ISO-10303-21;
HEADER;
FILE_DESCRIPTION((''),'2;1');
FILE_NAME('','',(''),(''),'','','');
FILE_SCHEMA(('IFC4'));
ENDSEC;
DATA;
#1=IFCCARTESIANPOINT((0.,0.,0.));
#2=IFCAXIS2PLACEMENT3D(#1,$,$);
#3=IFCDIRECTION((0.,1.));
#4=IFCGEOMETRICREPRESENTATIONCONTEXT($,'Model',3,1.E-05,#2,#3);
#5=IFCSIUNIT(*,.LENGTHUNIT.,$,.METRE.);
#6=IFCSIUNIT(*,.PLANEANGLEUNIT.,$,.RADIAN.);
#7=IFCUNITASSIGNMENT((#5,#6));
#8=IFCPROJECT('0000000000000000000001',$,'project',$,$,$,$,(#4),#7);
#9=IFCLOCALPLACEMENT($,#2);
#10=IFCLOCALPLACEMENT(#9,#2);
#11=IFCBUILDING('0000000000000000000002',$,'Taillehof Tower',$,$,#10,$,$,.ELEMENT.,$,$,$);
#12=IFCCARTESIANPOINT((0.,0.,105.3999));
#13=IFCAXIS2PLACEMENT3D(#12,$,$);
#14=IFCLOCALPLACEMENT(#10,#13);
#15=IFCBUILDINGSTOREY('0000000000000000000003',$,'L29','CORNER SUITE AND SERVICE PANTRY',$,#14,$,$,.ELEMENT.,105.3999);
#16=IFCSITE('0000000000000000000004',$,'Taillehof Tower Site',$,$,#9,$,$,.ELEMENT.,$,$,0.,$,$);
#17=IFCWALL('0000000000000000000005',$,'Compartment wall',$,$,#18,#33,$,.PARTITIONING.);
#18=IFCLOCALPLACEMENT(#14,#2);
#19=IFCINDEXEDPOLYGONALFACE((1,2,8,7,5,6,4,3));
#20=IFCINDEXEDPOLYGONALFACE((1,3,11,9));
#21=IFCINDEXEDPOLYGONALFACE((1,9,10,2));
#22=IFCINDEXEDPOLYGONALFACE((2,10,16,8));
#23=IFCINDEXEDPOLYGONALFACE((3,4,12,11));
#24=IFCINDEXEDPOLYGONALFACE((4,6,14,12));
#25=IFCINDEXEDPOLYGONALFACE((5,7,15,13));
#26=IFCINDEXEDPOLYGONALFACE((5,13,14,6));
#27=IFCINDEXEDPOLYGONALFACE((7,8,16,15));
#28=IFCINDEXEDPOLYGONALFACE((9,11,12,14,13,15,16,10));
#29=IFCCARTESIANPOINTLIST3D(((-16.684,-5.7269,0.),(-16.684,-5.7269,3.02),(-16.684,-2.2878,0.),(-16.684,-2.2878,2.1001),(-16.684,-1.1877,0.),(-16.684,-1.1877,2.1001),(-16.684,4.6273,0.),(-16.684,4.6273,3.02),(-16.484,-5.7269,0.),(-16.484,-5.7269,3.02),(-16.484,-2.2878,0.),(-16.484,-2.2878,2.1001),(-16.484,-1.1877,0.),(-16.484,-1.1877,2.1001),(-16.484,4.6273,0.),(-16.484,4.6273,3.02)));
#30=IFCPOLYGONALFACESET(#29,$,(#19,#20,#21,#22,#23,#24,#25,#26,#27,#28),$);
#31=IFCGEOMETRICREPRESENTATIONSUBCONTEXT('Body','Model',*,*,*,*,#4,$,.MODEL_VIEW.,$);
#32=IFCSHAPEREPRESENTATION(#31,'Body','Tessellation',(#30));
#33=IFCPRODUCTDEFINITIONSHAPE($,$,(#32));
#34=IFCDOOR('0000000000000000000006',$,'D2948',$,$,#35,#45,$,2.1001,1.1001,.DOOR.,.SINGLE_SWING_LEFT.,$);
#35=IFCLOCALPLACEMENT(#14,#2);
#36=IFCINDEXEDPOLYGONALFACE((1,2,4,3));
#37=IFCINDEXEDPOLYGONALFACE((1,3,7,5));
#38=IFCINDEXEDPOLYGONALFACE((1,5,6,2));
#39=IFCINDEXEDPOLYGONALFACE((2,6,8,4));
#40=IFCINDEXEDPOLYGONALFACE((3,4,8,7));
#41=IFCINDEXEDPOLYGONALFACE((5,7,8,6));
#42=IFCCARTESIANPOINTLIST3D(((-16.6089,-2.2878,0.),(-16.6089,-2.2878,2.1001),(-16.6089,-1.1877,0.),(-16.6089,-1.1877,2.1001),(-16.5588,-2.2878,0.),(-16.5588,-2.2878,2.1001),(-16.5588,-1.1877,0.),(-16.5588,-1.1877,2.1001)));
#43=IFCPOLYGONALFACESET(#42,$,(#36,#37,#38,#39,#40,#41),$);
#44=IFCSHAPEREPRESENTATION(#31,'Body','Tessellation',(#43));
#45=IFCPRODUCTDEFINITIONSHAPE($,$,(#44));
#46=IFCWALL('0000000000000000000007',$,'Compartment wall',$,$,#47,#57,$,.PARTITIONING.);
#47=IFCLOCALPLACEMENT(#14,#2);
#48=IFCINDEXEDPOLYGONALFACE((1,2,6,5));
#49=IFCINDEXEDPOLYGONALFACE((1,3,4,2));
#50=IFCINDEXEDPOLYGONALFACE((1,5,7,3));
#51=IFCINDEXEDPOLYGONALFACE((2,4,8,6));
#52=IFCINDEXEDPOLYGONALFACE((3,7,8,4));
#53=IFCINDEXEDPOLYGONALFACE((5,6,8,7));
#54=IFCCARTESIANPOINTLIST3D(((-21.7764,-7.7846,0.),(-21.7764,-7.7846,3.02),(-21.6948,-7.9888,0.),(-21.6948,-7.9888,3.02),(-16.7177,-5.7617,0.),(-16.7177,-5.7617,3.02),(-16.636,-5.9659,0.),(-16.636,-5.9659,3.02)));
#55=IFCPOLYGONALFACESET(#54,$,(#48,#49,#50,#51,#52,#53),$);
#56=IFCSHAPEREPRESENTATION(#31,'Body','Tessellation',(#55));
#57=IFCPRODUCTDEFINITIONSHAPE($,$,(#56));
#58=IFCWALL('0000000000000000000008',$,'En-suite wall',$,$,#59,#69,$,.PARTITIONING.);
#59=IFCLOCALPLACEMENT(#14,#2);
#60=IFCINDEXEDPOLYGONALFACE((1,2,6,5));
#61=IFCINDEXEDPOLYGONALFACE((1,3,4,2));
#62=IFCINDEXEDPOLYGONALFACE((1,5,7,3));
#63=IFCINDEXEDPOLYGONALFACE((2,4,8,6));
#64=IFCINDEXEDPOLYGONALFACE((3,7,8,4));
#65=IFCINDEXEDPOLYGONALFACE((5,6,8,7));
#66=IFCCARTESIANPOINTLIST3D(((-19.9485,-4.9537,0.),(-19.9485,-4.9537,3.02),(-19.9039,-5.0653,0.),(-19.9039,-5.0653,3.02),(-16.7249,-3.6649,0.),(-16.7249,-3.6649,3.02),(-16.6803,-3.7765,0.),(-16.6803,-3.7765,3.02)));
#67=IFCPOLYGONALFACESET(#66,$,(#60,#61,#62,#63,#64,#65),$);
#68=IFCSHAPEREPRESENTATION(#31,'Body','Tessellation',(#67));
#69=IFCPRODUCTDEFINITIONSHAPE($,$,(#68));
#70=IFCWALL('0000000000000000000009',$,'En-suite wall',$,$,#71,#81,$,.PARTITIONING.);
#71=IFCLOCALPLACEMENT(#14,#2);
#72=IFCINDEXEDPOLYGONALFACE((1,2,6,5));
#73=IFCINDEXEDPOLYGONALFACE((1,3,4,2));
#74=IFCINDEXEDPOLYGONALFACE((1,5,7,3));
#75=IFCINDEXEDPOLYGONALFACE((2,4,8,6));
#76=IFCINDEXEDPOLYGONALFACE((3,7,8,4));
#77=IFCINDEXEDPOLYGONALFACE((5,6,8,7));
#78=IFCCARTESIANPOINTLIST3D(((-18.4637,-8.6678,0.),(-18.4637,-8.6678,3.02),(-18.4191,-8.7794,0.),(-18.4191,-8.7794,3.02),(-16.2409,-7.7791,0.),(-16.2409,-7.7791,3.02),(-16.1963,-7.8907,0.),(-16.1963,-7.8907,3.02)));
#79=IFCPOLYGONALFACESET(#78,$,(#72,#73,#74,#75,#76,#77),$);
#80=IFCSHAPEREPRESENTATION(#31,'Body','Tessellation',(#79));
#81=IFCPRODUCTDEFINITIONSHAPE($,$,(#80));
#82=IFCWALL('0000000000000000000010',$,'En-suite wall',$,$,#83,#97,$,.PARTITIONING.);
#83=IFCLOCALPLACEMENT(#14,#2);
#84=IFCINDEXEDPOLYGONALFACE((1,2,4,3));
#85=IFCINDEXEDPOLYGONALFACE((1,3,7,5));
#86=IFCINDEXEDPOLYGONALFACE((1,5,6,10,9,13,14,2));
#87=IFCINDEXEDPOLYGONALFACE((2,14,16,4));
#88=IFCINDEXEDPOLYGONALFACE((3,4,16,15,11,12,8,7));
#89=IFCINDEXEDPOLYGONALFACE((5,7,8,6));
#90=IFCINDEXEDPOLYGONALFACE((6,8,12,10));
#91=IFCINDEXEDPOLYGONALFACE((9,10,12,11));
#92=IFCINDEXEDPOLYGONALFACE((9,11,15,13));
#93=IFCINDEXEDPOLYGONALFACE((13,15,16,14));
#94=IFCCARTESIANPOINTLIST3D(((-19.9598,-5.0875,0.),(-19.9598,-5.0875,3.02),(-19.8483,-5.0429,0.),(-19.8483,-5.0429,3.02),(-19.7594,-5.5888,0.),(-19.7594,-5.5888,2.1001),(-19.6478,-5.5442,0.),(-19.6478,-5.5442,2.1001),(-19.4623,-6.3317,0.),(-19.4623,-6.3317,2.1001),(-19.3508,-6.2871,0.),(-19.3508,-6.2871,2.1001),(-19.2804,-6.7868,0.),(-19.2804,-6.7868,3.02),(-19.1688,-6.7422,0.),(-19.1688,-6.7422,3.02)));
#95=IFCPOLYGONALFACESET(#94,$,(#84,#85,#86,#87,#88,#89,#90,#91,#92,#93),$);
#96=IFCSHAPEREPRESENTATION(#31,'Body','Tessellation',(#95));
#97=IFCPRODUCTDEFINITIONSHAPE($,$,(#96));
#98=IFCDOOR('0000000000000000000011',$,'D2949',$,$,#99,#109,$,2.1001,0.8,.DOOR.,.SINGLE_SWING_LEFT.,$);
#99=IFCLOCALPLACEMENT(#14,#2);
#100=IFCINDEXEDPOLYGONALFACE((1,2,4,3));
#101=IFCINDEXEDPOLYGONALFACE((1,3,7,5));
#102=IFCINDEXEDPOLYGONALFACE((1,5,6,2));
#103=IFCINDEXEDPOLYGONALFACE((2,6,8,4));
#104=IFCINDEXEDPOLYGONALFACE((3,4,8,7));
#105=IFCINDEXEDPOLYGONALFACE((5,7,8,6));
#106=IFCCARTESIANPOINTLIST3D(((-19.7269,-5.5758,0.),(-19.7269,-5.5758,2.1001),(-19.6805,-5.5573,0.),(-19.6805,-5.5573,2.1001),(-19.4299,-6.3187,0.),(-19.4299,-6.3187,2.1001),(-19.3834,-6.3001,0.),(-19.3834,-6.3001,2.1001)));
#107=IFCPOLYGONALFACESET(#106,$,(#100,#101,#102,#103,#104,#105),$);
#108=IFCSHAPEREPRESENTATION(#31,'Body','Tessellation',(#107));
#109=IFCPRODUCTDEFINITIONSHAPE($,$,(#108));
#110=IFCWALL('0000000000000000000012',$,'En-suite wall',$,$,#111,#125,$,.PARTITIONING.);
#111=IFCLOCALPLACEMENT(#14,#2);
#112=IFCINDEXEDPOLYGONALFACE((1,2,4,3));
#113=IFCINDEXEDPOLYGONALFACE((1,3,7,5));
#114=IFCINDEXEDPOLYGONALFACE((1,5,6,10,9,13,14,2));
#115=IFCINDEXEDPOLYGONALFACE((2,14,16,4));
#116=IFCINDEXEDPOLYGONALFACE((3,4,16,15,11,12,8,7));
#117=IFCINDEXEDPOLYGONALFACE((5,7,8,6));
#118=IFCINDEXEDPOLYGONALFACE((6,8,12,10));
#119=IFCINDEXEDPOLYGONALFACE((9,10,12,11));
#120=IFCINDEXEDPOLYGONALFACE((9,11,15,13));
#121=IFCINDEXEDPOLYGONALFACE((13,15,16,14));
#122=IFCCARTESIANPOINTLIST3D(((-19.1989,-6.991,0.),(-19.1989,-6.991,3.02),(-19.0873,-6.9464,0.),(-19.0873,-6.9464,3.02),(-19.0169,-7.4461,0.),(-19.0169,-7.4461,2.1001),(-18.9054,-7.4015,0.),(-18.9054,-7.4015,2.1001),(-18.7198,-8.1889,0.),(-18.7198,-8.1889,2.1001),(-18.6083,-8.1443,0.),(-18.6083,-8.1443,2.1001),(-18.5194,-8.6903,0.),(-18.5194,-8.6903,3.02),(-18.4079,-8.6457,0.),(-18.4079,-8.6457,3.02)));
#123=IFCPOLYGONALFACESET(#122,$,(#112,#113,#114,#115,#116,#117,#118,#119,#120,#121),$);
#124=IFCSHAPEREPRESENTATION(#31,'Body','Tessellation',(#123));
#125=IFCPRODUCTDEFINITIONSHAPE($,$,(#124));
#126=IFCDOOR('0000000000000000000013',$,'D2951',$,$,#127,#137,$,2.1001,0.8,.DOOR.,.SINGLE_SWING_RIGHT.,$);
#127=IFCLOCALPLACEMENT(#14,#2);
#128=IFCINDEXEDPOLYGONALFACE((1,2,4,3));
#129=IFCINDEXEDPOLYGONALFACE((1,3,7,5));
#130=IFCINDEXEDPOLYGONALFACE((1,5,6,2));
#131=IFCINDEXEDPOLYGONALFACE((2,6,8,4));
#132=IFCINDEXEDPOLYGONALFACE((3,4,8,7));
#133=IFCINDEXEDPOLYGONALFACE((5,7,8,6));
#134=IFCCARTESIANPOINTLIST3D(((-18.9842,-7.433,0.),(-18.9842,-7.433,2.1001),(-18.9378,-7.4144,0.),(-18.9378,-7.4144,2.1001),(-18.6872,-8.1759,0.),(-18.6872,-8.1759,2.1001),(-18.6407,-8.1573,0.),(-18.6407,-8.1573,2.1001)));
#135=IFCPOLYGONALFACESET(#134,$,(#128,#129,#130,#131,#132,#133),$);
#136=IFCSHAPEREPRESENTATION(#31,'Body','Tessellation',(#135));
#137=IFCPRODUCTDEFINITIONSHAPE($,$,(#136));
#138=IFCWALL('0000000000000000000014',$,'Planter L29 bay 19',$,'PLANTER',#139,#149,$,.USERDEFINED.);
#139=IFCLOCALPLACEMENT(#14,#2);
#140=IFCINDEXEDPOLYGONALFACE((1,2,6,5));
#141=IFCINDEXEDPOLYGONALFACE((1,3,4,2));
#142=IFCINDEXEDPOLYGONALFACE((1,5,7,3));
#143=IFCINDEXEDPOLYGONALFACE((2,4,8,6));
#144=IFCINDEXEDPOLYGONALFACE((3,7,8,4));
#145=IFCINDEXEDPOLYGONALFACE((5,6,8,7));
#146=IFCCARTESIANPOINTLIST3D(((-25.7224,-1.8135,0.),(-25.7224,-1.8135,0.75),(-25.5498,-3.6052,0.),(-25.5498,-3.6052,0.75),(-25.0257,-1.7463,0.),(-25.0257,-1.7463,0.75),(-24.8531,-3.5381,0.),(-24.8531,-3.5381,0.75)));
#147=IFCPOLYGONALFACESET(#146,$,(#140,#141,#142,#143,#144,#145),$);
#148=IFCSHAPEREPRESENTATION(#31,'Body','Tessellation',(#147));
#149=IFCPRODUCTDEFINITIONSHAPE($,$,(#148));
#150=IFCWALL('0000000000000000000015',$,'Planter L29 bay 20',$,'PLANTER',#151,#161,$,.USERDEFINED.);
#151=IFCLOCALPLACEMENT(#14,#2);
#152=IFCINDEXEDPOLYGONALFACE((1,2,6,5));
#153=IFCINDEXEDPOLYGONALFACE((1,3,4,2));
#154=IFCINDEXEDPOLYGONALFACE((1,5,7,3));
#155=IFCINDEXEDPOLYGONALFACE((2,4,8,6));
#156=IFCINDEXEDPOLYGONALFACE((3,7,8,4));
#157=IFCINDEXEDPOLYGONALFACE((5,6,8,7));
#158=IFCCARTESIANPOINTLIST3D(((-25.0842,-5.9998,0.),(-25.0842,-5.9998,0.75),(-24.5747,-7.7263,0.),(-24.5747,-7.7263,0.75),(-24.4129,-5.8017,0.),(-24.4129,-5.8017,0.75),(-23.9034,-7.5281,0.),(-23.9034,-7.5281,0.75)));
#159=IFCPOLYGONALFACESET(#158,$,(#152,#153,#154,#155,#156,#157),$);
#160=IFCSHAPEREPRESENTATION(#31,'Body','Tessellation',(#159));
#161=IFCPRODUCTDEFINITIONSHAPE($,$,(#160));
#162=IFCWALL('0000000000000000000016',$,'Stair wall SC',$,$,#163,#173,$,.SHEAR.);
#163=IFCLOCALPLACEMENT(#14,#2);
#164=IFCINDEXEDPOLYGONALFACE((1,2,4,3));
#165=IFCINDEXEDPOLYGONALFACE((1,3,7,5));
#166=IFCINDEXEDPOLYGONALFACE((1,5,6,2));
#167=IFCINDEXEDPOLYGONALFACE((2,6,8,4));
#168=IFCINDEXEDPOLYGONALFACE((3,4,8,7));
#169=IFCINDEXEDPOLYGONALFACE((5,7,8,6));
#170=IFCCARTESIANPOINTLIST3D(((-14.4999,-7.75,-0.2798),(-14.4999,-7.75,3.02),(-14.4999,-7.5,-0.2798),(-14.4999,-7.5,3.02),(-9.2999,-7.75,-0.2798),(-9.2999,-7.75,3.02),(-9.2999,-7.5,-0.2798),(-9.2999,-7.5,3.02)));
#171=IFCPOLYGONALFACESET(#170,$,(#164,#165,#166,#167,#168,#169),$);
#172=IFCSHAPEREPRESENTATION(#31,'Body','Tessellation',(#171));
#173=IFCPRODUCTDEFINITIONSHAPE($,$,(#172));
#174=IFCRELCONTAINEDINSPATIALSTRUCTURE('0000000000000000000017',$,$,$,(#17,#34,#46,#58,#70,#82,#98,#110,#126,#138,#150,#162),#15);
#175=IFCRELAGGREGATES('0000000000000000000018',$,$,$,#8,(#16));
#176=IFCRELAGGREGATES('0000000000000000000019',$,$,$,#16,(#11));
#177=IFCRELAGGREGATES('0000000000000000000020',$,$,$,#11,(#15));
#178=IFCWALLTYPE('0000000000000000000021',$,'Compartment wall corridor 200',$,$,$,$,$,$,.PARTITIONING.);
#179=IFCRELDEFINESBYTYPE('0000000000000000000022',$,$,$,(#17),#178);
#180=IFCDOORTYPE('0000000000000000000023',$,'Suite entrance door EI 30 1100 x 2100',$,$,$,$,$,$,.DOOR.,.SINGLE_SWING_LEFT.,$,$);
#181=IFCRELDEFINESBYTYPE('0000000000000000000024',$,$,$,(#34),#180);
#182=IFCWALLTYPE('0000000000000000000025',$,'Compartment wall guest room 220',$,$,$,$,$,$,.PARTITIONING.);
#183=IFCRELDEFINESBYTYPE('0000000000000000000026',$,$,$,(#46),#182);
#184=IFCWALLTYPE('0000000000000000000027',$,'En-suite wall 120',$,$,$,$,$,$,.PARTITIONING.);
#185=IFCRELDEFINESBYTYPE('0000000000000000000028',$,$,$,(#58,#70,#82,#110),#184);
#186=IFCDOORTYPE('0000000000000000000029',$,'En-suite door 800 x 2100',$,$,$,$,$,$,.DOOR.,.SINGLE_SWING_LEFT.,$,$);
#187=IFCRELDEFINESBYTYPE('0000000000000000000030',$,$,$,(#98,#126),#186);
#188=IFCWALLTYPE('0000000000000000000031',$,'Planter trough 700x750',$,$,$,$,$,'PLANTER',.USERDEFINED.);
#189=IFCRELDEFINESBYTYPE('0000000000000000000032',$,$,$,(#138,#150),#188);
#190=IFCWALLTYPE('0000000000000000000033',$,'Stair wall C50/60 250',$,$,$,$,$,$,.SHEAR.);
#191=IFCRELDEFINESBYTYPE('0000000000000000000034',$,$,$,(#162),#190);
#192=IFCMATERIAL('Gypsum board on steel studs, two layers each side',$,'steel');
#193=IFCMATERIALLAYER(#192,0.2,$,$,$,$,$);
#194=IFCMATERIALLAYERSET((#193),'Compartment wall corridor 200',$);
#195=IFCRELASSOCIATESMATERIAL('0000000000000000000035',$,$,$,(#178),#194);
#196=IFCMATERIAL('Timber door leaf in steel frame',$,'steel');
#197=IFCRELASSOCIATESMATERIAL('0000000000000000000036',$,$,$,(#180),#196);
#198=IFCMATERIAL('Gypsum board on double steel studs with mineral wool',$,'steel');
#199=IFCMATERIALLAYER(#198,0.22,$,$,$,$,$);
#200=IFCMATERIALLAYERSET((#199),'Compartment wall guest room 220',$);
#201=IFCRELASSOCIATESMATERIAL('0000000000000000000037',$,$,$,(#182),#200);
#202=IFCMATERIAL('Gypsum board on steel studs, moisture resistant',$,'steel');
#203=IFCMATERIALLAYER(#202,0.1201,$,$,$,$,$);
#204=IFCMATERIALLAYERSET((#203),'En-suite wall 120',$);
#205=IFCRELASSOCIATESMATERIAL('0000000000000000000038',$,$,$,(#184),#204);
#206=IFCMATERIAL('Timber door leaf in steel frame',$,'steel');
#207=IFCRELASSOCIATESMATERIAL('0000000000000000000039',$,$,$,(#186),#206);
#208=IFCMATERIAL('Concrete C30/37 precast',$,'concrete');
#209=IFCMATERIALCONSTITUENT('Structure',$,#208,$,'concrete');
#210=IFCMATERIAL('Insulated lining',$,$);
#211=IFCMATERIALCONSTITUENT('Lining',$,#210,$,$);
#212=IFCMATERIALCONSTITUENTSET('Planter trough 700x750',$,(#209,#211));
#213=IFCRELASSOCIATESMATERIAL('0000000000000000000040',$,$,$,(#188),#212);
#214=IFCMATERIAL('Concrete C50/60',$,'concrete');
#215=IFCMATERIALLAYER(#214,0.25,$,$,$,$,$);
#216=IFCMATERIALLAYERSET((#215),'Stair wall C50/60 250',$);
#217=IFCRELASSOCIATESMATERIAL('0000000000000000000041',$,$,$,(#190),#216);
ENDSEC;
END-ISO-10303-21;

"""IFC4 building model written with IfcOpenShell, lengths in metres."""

from ifc_helpers import new_model, si_unit, direction, frame, frame_2d, origin, place, context, subcontext, project, spatial, rectangle, extrude, material, layer, layer_set, constituent, constituent_set, type_object, element, fill, save


model = new_model("IFC4")

# Units and contexts
model_context = context("Model", 3, precision=1e-05, world=origin(), true_north=direction((0.0, 1.0)))
body_context = subcontext(model_context, "Body", "Model", "MODEL_VIEW")
ifc_project = project(units=[si_unit("LENGTHUNIT", "METRE"), si_unit("PLANEANGLEUNIT", "RADIAN")], contexts=[model_context])

# Site, building, storey
site_placement = place(None, origin())
site = spatial("IfcSite", under=ifc_project, at=site_placement, Name="Taillehof Tower Site", CompositionType="ELEMENT", RefElevation=0.0)
building_placement = place(site_placement, origin())
building = spatial("IfcBuilding", under=site, at=building_placement, Name="Taillehof Tower", CompositionType="ELEMENT")
storey_placement = place(building_placement, frame((0.0, 0.0, 105.3999)))
storey = spatial("IfcBuildingStorey", under=building, at=storey_placement, Name="L29", Description="CORNER SUITE AND SERVICE PANTRY", CompositionType="ELEMENT", Elevation=105.3999)

# Shared definitions
ifc_material_1 = material(Name="Gypsum board on steel studs, two layers each side", Category="steel")
ifc_layer_1 = layer(ifc_material_1, 0.2)
ifc_layer_set_1 = layer_set([ifc_layer_1], Name="Compartment wall corridor 200")
wall_type_1 = type_object("IfcWallType", Name="Compartment wall corridor 200", PredefinedType="PARTITIONING", material=ifc_layer_set_1)

# Wall, opening, door
wall_1_placement = place(storey_placement, frame((-16.584, -5.7271, 0.0), z_axis=(0.0, 0.0, 1.0), x_axis=(0.0, 1.0, 0.0)))
wall_1 = element("IfcWall", 1, at=wall_1_placement, inside=storey, type_object=wall_type_1, Name="Compartment wall", PredefinedType="PARTITIONING", context=body_context, shape_type="SweptSolid", body=[
    extrude(rectangle(XDim=10.3542, YDim=0.2, at=frame_2d((5.1772, 0.0))), origin(), (0.0, 0.0, 1.0), 3.02),
])
opening_1_placement = place(wall_1_placement, frame((3.4392, 0.0, 0.0)))
opening_1 = element("IfcOpeningElement", 2, at=opening_1_placement, cuts=wall_1, PredefinedType="OPENING", context=body_context, shape_type="SweptSolid", body=[
    extrude(rectangle(XDim=1.1001, YDim=2.1001, at=frame_2d((0.55, 1.05))), frame((0.0, 0.1099, 0.0), z_axis=(0.0, -1.0, 0.0), x_axis=(1.0, 0.0, 0.0)), (0.0, 0.0, 1.0), 0.22),
])
ifc_material_2 = material(Name="Timber door leaf in steel frame", Category="steel")
door_type_1 = type_object("IfcDoorType", Name="Suite entrance door EI 30 1100 x 2100", OperationType="SINGLE_SWING_LEFT", PredefinedType="DOOR", material=ifc_material_2)
door_1_placement = place(opening_1_placement, origin())
door_1 = element("IfcDoor", 3, at=door_1_placement, inside=storey, type_object=door_type_1, Name="D2948", OperationType="SINGLE_SWING_LEFT", OverallHeight=2.1001, OverallWidth=1.1001, PredefinedType="DOOR", context=body_context, shape_type="SweptSolid", body=[
    extrude(rectangle(XDim=1.1001, YDim=2.1001, at=frame_2d((0.55, 1.05))), frame((0.0, 0.0249, 0.0), z_axis=(0.0, -1.0, 0.0), x_axis=(1.0, 0.0, 0.0)), (0.0, 0.0, 1.0), 0.05),
])
fill(opening_1, door_1)

# Walls
ifc_material_3 = material(Name="Gypsum board on double steel studs with mineral wool", Category="steel")
ifc_layer_2 = layer(ifc_material_3, 0.22)
ifc_layer_set_2 = layer_set([ifc_layer_2], Name="Compartment wall guest room 220")
wall_type_2 = type_object("IfcWallType", Name="Compartment wall guest room 220", PredefinedType="PARTITIONING", material=ifc_layer_set_2)
wall_2_placement = place(storey_placement, frame((-21.7356, -7.8867, 0.0), z_axis=(0.0, 0.0, 1.0), x_axis=(0.928514, 0.371298, 0.0)))
element("IfcWall", 4, at=wall_2_placement, inside=storey, type_object=wall_type_2, Name="Compartment wall", PredefinedType="PARTITIONING", context=body_context, shape_type="SweptSolid", body=[
    extrude(rectangle(XDim=5.4482, YDim=0.22, at=frame_2d((2.7241, 0.0))), origin(), (0.0, 0.0, 1.0), 3.02),
])
ifc_material_4 = material(Name="Gypsum board on steel studs, moisture resistant", Category="steel")
ifc_layer_3 = layer(ifc_material_4, 0.1201)
ifc_layer_set_3 = layer_set([ifc_layer_3], Name="En-suite wall 120")
wall_type_3 = type_object("IfcWallType", Name="En-suite wall 120", PredefinedType="PARTITIONING", material=ifc_layer_set_3)
wall_3_placement = place(storey_placement, frame((-16.7026, -3.7207, 0.0), z_axis=(0.0, 0.0, 1.0), x_axis=(-0.92854, -0.371233, 0.0)))
element("IfcWall", 5, at=wall_3_placement, inside=storey, type_object=wall_type_3, Name="En-suite wall", PredefinedType="PARTITIONING", context=body_context, shape_type="SweptSolid", body=[
    extrude(rectangle(XDim=3.4717, YDim=0.1201, at=frame_2d((1.7358, 0.0))), origin(), (0.0, 0.0, 1.0), 3.02),
])
wall_4_placement = place(storey_placement, frame((-16.2188, -7.835, 0.0), z_axis=(0.0, 0.0, 1.0), x_axis=(-0.928533, -0.37125, 0.0)))
element("IfcWall", 6, at=wall_4_placement, inside=storey, type_object=wall_type_3, Name="En-suite wall", PredefinedType="PARTITIONING", context=body_context, shape_type="SweptSolid", body=[
    extrude(rectangle(XDim=2.3938, YDim=0.1201, at=frame_2d((1.1968, 0.0))), origin(), (0.0, 0.0, 1.0), 3.02),
])

# Walls, openings, doors
wall_5_placement = place(storey_placement, frame((-19.9041, -5.0652, 0.0), z_axis=(0.0, 0.0, 1.0), x_axis=(0.371276, -0.928523, 0.0)))
wall_5 = element("IfcWall", 7, at=wall_5_placement, inside=storey, type_object=wall_type_3, Name="En-suite wall", PredefinedType="PARTITIONING", context=body_context, shape_type="SweptSolid", body=[
    extrude(rectangle(XDim=1.8301, YDim=0.1201, at=frame_2d((0.915, 0.0))), origin(), (0.0, 0.0, 1.0), 3.02),
])
opening_2_placement = place(wall_5_placement, frame((0.54, 0.0, 0.0)))
opening_2 = element("IfcOpeningElement", 8, at=opening_2_placement, cuts=wall_5, PredefinedType="OPENING", context=body_context, shape_type="SweptSolid", body=[
    extrude(rectangle(XDim=0.8, YDim=2.1001, at=frame_2d((0.3999, 1.05))), frame((0.0, 0.0701, 0.0), z_axis=(0.0, -1.0, 0.0), x_axis=(1.0, 0.0, 0.0)), (0.0, 0.0, 1.0), 0.1401),
])
ifc_material_5 = material(Name="Timber door leaf in steel frame", Category="steel")
door_type_2 = type_object("IfcDoorType", Name="En-suite door 800 x 2100", OperationType="SINGLE_SWING_LEFT", PredefinedType="DOOR", material=ifc_material_5)
door_2_placement = place(opening_2_placement, origin())
door_2 = element("IfcDoor", 9, at=door_2_placement, inside=storey, type_object=door_type_2, Name="D2949", OperationType="SINGLE_SWING_LEFT", OverallHeight=2.1001, OverallWidth=0.8, PredefinedType="DOOR", context=body_context, shape_type="SweptSolid", body=[
    extrude(rectangle(XDim=0.8, YDim=2.1001, at=frame_2d((0.3999, 1.05))), frame((0.0, 0.0249, 0.0), z_axis=(0.0, -1.0, 0.0), x_axis=(1.0, 0.0, 0.0)), (0.0, 0.0, 1.0), 0.05),
])
fill(opening_2, door_2)
wall_6_placement = place(storey_placement, frame((-18.4636, -8.668, 0.0), z_axis=(0.0, 0.0, 1.0), x_axis=(-0.371276, 0.928523, 0.0)))
wall_6 = element("IfcWall", 10, at=wall_6_placement, inside=storey, type_object=wall_type_3, Name="En-suite wall", PredefinedType="PARTITIONING", context=body_context, shape_type="SweptSolid", body=[
    extrude(rectangle(XDim=1.8301, YDim=0.1201, at=frame_2d((0.915, 0.0))), origin(), (0.0, 0.0, 1.0), 3.02),
])
opening_3_placement = place(wall_6_placement, frame((0.54, 0.0, 0.0)))
opening_3 = element("IfcOpeningElement", 11, at=opening_3_placement, cuts=wall_6, PredefinedType="OPENING", context=body_context, shape_type="SweptSolid", body=[
    extrude(rectangle(XDim=0.8, YDim=2.1001, at=frame_2d((0.3999, 1.05))), frame((0.0, 0.0701, 0.0), z_axis=(0.0, -1.0, 0.0), x_axis=(1.0, 0.0, 0.0)), (0.0, 0.0, 1.0), 0.1401),
])
door_3_placement = place(opening_3_placement, origin())
door_3 = element("IfcDoor", 12, at=door_3_placement, inside=storey, type_object=door_type_2, Name="D2951", OperationType="SINGLE_SWING_RIGHT", OverallHeight=2.1001, OverallWidth=0.8, PredefinedType="DOOR", context=body_context, shape_type="SweptSolid", body=[
    extrude(rectangle(XDim=0.8, YDim=2.1001, at=frame_2d((0.3999, 1.05))), frame((0.0, 0.0249, 0.0), z_axis=(0.0, -1.0, 0.0), x_axis=(1.0, 0.0, 0.0)), (0.0, 0.0, 1.0), 0.05),
])
fill(opening_3, door_3)

# Walls
ifc_material_6 = material(Name="Concrete C30/37 precast", Category="concrete")
ifc_constituent_1 = constituent(ifc_material_6, Name="Structure", Category="concrete")
ifc_material_7 = material(Name="Insulated lining")
ifc_constituent_2 = constituent(ifc_material_7, Name="Lining")
ifc_constituent_set = constituent_set(constituents=[ifc_constituent_1, ifc_constituent_2], Name="Planter trough 700x750")
wall_type_4 = type_object("IfcWallType", Name="Planter trough 700x750", ElementType="PLANTER", PredefinedType="USERDEFINED", material=ifc_constituent_set)
for number, where, z_axis, x_axis, name in (
    (13, (-25.374, -1.78, 0.0), (0.0, 0.0, 1.0), (0.095891, -0.995392, 0.0), "Planter L29 bay 19"),
    (14, (-24.7485, -5.9009, 0.0), (0.0, 0.0, 1.0), (0.283077, -0.959097, 0.0), "Planter L29 bay 20"),
):
    element("IfcWall", number, at=place(storey_placement, frame(where, z_axis=z_axis, x_axis=x_axis)), inside=storey, type_object=wall_type_4, Name=name, ObjectType="PLANTER", PredefinedType="USERDEFINED", context=body_context, shape_type="SweptSolid", body=[
        extrude(rectangle(XDim=1.8, YDim=0.7, at=frame_2d((0.8999, 0.0))), origin(), (0.0, 0.0, 1.0), 0.75),
    ])
ifc_material_8 = material(Name="Concrete C50/60", Category="concrete")
ifc_layer_4 = layer(ifc_material_8, 0.25)
ifc_layer_set_4 = layer_set([ifc_layer_4], Name="Stair wall C50/60 250")
wall_type_5 = type_object("IfcWallType", Name="Stair wall C50/60 250", PredefinedType="SHEAR", material=ifc_layer_set_4)
wall_7_placement = place(storey_placement, frame((-14.5, -7.625, -0.2798), z_axis=(0.0, 0.0, 1.0), x_axis=(1.0, 0.0, 0.0)))
element("IfcWall", 15, at=wall_7_placement, inside=storey, type_object=wall_type_5, Name="Stair wall SC", PredefinedType="SHEAR", context=body_context, shape_type="SweptSolid", body=[
    extrude(rectangle(XDim=5.2, YDim=0.25, at=frame_2d((2.6001, 0.0))), origin(), (0.0, 0.0, 1.0), 3.2998),
])

save(model, "model.ifc")
